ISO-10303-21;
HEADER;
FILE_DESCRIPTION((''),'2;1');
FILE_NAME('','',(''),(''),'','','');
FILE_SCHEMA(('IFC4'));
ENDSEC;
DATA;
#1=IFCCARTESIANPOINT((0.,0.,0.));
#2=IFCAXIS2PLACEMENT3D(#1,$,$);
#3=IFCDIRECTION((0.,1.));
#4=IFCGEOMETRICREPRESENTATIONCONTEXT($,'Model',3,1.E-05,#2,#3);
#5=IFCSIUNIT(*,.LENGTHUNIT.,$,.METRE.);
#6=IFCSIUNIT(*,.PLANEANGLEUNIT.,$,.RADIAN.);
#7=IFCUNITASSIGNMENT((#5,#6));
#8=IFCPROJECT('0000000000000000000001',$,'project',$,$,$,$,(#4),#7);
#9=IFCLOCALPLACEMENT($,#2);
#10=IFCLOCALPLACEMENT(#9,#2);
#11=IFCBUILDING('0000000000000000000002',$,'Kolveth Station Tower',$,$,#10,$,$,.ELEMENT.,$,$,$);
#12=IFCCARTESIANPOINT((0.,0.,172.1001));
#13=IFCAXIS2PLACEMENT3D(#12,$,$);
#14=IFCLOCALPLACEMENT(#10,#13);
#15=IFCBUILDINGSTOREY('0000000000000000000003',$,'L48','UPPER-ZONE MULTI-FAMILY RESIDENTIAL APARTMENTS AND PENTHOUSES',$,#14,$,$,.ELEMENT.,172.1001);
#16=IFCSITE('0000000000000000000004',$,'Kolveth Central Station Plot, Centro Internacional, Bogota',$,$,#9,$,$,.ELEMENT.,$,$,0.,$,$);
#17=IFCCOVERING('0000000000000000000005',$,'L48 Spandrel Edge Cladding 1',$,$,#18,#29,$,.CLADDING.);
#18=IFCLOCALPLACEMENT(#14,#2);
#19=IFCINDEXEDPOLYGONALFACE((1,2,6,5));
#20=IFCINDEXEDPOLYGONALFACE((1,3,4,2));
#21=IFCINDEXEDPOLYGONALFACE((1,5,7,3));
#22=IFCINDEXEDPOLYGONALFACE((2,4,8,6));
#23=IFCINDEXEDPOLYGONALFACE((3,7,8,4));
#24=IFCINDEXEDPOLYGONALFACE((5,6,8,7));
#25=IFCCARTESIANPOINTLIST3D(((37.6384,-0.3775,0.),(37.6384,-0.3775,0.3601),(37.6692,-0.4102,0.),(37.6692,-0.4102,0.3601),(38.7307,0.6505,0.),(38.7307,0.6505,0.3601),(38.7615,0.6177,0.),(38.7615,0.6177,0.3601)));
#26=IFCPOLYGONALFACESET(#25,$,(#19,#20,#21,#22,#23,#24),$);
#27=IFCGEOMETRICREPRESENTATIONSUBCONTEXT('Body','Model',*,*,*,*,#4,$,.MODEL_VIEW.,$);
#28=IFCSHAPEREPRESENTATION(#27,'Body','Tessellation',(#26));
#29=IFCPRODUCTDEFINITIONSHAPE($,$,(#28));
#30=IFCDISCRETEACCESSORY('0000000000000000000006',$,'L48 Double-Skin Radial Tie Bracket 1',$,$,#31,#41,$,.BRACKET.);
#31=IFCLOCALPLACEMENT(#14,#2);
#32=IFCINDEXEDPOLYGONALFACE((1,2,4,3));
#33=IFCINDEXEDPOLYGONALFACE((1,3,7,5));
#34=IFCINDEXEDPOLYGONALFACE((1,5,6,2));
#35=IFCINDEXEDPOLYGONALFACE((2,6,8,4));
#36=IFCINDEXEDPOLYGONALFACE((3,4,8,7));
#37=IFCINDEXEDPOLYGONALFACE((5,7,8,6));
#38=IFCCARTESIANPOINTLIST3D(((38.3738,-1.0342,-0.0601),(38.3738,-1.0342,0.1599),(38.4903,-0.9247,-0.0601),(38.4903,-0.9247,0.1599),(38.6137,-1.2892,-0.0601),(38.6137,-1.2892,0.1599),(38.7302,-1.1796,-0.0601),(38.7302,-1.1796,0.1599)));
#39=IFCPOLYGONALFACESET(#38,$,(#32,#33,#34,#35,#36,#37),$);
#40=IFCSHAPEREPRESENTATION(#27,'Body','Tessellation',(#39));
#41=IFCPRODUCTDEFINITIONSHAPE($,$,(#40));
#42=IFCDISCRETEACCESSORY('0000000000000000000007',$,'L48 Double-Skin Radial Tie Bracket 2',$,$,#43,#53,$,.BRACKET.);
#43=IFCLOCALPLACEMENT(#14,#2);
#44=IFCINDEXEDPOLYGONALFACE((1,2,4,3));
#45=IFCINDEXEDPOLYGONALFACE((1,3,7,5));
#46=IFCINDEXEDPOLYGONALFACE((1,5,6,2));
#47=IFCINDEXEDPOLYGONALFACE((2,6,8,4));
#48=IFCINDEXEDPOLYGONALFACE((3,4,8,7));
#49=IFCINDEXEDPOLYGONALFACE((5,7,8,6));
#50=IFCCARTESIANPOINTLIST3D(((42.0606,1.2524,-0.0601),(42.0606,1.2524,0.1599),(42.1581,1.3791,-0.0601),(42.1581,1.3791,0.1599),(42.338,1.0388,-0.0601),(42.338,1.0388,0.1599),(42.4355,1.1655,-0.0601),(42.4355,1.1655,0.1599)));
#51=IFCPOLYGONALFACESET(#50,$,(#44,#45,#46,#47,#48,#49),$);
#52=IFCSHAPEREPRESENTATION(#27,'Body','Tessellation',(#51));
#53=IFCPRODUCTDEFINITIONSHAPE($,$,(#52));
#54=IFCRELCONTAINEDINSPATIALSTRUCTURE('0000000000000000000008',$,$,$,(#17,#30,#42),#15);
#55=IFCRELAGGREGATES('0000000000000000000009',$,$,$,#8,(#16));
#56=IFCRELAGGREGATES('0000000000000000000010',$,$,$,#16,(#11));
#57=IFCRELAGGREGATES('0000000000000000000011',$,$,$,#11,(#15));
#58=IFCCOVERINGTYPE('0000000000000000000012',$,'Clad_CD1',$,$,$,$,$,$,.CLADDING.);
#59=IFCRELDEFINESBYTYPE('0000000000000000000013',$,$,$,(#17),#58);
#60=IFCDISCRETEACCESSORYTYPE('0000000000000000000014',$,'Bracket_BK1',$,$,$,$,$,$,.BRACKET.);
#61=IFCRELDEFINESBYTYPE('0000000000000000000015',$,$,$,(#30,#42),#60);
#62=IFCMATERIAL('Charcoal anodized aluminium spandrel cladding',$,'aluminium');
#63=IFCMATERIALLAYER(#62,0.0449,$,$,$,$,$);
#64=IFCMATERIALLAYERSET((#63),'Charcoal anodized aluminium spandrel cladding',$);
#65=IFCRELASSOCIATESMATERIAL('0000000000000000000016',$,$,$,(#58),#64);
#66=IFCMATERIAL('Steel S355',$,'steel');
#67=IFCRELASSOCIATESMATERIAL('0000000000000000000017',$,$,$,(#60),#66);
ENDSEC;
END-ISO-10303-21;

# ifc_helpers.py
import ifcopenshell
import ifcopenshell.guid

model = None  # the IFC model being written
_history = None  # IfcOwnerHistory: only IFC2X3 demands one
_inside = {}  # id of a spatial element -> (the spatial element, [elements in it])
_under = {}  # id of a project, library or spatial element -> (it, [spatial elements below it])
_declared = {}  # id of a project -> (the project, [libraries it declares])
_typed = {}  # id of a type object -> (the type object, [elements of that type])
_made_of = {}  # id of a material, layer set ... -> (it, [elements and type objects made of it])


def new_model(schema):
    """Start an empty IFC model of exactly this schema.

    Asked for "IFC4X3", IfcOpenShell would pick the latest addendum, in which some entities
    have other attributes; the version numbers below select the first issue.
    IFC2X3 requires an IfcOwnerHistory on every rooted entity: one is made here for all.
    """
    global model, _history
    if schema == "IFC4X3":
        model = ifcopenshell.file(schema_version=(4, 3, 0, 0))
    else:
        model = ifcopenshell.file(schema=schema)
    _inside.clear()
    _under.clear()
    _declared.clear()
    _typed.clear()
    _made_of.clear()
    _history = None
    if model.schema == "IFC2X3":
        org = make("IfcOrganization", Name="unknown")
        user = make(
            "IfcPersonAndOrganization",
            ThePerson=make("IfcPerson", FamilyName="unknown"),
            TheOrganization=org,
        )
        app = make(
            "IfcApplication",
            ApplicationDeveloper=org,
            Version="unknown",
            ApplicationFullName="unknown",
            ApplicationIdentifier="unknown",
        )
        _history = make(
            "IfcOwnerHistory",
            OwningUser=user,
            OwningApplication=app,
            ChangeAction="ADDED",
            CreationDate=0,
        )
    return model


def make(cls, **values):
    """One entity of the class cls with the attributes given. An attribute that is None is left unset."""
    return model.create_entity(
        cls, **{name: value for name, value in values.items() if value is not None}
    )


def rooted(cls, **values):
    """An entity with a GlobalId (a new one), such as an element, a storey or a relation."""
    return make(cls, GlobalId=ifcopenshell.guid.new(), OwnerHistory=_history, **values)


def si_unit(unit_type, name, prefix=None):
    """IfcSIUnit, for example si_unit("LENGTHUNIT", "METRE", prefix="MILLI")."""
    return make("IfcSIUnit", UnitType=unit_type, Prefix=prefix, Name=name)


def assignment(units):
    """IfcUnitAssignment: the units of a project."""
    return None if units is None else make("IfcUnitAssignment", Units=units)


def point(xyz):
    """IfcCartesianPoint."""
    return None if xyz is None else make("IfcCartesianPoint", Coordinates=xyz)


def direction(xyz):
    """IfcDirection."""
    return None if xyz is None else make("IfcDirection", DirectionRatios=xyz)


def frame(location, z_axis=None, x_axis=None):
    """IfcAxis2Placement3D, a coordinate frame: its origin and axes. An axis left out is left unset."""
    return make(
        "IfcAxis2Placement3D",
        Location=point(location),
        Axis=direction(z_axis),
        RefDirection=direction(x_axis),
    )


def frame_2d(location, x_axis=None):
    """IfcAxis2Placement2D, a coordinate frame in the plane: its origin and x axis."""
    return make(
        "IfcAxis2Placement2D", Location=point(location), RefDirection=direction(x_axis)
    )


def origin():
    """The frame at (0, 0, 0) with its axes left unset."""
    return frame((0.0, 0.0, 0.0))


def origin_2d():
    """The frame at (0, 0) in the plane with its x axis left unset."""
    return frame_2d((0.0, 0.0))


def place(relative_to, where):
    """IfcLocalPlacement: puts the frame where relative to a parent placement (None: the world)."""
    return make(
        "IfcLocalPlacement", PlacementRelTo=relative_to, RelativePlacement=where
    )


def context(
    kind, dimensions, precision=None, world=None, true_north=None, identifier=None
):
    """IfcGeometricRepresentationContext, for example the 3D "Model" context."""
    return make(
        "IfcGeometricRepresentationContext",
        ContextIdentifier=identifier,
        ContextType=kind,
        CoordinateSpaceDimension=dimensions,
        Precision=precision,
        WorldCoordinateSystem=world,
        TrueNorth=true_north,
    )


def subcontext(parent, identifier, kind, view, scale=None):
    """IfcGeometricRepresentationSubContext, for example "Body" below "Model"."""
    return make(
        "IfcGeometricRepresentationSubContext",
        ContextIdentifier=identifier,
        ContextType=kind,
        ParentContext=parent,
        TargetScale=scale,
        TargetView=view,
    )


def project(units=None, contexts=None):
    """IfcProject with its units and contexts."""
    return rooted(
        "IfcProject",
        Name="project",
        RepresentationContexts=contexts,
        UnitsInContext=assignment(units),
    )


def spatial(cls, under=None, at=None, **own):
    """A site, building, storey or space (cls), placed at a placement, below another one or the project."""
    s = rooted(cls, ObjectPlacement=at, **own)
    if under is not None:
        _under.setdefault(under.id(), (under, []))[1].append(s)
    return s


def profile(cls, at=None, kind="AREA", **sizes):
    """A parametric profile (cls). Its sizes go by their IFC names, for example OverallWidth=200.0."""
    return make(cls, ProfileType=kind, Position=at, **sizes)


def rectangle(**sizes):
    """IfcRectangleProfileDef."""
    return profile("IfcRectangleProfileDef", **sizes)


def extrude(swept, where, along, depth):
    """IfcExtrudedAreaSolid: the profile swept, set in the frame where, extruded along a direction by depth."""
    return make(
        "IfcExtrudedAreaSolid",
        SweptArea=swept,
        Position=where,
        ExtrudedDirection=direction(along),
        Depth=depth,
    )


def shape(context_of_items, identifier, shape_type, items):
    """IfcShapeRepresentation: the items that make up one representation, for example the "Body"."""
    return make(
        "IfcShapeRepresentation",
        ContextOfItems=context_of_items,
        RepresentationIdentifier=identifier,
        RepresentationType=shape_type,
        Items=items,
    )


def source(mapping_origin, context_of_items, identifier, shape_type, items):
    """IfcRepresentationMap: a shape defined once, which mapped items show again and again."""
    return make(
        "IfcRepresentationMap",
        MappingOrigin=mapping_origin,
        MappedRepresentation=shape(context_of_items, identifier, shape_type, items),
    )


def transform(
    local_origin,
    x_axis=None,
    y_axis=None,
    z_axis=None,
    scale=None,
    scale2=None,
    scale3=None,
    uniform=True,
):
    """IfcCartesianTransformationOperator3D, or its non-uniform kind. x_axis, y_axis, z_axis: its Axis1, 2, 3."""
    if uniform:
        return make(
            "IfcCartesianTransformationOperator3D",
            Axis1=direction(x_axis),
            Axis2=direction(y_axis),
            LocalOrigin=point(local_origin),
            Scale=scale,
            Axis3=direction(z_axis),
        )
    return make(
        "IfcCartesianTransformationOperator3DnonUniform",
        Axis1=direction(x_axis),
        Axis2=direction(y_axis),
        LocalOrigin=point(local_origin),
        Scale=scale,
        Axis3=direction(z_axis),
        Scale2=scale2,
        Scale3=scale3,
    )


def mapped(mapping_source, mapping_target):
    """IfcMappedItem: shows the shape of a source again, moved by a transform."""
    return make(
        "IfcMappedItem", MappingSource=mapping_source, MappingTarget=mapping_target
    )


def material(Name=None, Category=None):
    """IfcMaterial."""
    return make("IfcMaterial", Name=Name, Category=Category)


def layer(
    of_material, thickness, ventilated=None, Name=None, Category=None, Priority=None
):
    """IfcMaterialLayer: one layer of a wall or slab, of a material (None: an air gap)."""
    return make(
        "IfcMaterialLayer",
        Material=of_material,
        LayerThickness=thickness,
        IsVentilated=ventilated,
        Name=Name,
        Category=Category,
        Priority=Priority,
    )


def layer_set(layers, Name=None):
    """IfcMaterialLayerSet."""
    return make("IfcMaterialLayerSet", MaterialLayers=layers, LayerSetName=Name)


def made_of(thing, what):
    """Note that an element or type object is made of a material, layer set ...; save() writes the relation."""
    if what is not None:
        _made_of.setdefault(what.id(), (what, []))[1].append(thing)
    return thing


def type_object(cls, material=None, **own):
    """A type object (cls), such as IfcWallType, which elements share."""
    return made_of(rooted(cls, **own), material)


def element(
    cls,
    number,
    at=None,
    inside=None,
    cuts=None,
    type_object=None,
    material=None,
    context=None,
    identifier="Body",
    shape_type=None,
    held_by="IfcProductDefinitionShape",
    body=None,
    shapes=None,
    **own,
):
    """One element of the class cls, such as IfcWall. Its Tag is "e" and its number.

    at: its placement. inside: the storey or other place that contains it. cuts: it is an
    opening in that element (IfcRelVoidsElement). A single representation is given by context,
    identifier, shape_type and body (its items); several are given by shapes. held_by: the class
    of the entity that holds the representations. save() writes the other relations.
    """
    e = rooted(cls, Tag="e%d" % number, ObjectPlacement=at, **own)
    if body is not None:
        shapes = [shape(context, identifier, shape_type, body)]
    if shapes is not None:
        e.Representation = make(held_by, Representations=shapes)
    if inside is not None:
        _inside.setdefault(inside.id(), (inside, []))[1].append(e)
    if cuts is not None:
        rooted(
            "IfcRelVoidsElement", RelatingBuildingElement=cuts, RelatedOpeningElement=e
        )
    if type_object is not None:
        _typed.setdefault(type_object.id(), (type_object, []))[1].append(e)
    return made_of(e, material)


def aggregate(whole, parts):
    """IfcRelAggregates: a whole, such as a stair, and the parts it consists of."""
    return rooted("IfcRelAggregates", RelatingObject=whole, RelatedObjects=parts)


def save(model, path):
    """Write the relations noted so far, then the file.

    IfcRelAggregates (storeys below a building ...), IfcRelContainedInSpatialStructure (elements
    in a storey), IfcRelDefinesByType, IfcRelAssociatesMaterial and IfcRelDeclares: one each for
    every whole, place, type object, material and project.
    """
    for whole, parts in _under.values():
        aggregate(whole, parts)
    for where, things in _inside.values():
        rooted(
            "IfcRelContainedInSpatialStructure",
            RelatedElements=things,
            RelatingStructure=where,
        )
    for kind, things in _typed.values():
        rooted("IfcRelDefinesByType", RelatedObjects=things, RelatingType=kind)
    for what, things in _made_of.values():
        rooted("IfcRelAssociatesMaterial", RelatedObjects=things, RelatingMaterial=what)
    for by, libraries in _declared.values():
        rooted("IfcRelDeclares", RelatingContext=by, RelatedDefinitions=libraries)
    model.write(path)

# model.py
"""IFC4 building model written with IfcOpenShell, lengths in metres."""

from ifc_helpers import new_model, si_unit, direction, frame, origin, origin_2d, place, context, subcontext, project, spatial, rectangle, extrude, source, transform, mapped, material, layer, layer_set, type_object, element, save


model = new_model("IFC4")

# Units and contexts
model_context = context("Model", 3, precision=1e-05, world=origin(), true_north=direction((0.0, 1.0)))
body_context = subcontext(model_context, "Body", "Model", "MODEL_VIEW")
ifc_project = project(units=[si_unit("LENGTHUNIT", "METRE"), si_unit("PLANEANGLEUNIT", "RADIAN")], contexts=[model_context])

# Site, building, storey
site_placement = place(None, origin())
site = spatial("IfcSite", under=ifc_project, at=site_placement, Name="Kolveth Central Station Plot, Centro Internacional, Bogota", CompositionType="ELEMENT", RefElevation=0.0)
building_placement = place(site_placement, origin())
building = spatial("IfcBuilding", under=site, at=building_placement, Name="Kolveth Station Tower", CompositionType="ELEMENT")
storey_placement = place(building_placement, frame((0.0, 0.0, 172.1001)))
storey = spatial("IfcBuildingStorey", under=building, at=storey_placement, Name="L48", Description="UPPER-ZONE MULTI-FAMILY RESIDENTIAL APARTMENTS AND PENTHOUSES", CompositionType="ELEMENT", Elevation=172.1001)

# Covering
ifc_material_1 = material(Name="Charcoal anodized aluminium spandrel cladding", Category="aluminium")
ifc_layer_1 = layer(ifc_material_1, 0.0449)
ifc_layer_set_1 = layer_set([ifc_layer_1], Name="Charcoal anodized aluminium spandrel cladding")
covering_type = type_object("IfcCoveringType", Name="Clad_CD1", PredefinedType="CLADDING", material=ifc_layer_set_1)
shared_shape_1 = source(origin(), body_context, "Body", "SweptSolid", [
    extrude(rectangle(XDim=1.5, YDim=0.0449, at=origin_2d()), origin(), (0.0, 0.0, 1.0), 0.3601),
])
covering_placement = place(storey_placement, frame((38.2, 0.1201, 0.0), z_axis=(0.0, 0.0, 1.0), x_axis=(0.728251, 0.68531, 0.0)))
element("IfcCovering", 1, at=covering_placement, inside=storey, type_object=covering_type, Name="L48 Spandrel Edge Cladding 1", PredefinedType="CLADDING", context=body_context, shape_type="MappedRepresentation", body=[
    mapped(shared_shape_1, transform((0.0, 0.0, 0.0), x_axis=(1.0, 0.0, 0.0), y_axis=(0.0, 1.0, 0.0), z_axis=(0.0, 0.0, 1.0), scale=1.0)),
])

# Discrete accessories
ifc_material_2 = material(Name="Steel S355", Category="steel")
discrete_accessory_type = type_object("IfcDiscreteAccessoryType", Name="Bracket_BK1", PredefinedType="BRACKET", material=ifc_material_2)
shared_shape_2 = source(origin(), body_context, "Body", "SweptSolid", [
    extrude(rectangle(XDim=0.3501, YDim=0.1599, at=origin_2d()), origin(), (0.0, 0.0, 1.0), 0.22),
])
for number, where, z_axis, x_axis, name in (
    (2, (38.552, -1.1069, -0.0601), (0.0, 0.0, 1.0), (0.68531, -0.728251, 0.0), "L48 Double-Skin Radial Tie Bracket 1"),
    (3, (42.248, 1.209, -0.0601), (0.0, 0.0, 1.0), (0.79229, -0.610145, 0.0), "L48 Double-Skin Radial Tie Bracket 2"),
):
    element("IfcDiscreteAccessory", number, at=place(storey_placement, frame(where, z_axis=z_axis, x_axis=x_axis)), inside=storey, type_object=discrete_accessory_type, Name=name, PredefinedType="BRACKET", context=body_context, shape_type="MappedRepresentation", body=[
        mapped(shared_shape_2, transform((0.0, 0.0, 0.0), x_axis=(1.0, 0.0, 0.0), y_axis=(0.0, 1.0, 0.0), z_axis=(0.0, 0.0, 1.0), scale=1.0)),
    ])

save(model, "model.ifc")
